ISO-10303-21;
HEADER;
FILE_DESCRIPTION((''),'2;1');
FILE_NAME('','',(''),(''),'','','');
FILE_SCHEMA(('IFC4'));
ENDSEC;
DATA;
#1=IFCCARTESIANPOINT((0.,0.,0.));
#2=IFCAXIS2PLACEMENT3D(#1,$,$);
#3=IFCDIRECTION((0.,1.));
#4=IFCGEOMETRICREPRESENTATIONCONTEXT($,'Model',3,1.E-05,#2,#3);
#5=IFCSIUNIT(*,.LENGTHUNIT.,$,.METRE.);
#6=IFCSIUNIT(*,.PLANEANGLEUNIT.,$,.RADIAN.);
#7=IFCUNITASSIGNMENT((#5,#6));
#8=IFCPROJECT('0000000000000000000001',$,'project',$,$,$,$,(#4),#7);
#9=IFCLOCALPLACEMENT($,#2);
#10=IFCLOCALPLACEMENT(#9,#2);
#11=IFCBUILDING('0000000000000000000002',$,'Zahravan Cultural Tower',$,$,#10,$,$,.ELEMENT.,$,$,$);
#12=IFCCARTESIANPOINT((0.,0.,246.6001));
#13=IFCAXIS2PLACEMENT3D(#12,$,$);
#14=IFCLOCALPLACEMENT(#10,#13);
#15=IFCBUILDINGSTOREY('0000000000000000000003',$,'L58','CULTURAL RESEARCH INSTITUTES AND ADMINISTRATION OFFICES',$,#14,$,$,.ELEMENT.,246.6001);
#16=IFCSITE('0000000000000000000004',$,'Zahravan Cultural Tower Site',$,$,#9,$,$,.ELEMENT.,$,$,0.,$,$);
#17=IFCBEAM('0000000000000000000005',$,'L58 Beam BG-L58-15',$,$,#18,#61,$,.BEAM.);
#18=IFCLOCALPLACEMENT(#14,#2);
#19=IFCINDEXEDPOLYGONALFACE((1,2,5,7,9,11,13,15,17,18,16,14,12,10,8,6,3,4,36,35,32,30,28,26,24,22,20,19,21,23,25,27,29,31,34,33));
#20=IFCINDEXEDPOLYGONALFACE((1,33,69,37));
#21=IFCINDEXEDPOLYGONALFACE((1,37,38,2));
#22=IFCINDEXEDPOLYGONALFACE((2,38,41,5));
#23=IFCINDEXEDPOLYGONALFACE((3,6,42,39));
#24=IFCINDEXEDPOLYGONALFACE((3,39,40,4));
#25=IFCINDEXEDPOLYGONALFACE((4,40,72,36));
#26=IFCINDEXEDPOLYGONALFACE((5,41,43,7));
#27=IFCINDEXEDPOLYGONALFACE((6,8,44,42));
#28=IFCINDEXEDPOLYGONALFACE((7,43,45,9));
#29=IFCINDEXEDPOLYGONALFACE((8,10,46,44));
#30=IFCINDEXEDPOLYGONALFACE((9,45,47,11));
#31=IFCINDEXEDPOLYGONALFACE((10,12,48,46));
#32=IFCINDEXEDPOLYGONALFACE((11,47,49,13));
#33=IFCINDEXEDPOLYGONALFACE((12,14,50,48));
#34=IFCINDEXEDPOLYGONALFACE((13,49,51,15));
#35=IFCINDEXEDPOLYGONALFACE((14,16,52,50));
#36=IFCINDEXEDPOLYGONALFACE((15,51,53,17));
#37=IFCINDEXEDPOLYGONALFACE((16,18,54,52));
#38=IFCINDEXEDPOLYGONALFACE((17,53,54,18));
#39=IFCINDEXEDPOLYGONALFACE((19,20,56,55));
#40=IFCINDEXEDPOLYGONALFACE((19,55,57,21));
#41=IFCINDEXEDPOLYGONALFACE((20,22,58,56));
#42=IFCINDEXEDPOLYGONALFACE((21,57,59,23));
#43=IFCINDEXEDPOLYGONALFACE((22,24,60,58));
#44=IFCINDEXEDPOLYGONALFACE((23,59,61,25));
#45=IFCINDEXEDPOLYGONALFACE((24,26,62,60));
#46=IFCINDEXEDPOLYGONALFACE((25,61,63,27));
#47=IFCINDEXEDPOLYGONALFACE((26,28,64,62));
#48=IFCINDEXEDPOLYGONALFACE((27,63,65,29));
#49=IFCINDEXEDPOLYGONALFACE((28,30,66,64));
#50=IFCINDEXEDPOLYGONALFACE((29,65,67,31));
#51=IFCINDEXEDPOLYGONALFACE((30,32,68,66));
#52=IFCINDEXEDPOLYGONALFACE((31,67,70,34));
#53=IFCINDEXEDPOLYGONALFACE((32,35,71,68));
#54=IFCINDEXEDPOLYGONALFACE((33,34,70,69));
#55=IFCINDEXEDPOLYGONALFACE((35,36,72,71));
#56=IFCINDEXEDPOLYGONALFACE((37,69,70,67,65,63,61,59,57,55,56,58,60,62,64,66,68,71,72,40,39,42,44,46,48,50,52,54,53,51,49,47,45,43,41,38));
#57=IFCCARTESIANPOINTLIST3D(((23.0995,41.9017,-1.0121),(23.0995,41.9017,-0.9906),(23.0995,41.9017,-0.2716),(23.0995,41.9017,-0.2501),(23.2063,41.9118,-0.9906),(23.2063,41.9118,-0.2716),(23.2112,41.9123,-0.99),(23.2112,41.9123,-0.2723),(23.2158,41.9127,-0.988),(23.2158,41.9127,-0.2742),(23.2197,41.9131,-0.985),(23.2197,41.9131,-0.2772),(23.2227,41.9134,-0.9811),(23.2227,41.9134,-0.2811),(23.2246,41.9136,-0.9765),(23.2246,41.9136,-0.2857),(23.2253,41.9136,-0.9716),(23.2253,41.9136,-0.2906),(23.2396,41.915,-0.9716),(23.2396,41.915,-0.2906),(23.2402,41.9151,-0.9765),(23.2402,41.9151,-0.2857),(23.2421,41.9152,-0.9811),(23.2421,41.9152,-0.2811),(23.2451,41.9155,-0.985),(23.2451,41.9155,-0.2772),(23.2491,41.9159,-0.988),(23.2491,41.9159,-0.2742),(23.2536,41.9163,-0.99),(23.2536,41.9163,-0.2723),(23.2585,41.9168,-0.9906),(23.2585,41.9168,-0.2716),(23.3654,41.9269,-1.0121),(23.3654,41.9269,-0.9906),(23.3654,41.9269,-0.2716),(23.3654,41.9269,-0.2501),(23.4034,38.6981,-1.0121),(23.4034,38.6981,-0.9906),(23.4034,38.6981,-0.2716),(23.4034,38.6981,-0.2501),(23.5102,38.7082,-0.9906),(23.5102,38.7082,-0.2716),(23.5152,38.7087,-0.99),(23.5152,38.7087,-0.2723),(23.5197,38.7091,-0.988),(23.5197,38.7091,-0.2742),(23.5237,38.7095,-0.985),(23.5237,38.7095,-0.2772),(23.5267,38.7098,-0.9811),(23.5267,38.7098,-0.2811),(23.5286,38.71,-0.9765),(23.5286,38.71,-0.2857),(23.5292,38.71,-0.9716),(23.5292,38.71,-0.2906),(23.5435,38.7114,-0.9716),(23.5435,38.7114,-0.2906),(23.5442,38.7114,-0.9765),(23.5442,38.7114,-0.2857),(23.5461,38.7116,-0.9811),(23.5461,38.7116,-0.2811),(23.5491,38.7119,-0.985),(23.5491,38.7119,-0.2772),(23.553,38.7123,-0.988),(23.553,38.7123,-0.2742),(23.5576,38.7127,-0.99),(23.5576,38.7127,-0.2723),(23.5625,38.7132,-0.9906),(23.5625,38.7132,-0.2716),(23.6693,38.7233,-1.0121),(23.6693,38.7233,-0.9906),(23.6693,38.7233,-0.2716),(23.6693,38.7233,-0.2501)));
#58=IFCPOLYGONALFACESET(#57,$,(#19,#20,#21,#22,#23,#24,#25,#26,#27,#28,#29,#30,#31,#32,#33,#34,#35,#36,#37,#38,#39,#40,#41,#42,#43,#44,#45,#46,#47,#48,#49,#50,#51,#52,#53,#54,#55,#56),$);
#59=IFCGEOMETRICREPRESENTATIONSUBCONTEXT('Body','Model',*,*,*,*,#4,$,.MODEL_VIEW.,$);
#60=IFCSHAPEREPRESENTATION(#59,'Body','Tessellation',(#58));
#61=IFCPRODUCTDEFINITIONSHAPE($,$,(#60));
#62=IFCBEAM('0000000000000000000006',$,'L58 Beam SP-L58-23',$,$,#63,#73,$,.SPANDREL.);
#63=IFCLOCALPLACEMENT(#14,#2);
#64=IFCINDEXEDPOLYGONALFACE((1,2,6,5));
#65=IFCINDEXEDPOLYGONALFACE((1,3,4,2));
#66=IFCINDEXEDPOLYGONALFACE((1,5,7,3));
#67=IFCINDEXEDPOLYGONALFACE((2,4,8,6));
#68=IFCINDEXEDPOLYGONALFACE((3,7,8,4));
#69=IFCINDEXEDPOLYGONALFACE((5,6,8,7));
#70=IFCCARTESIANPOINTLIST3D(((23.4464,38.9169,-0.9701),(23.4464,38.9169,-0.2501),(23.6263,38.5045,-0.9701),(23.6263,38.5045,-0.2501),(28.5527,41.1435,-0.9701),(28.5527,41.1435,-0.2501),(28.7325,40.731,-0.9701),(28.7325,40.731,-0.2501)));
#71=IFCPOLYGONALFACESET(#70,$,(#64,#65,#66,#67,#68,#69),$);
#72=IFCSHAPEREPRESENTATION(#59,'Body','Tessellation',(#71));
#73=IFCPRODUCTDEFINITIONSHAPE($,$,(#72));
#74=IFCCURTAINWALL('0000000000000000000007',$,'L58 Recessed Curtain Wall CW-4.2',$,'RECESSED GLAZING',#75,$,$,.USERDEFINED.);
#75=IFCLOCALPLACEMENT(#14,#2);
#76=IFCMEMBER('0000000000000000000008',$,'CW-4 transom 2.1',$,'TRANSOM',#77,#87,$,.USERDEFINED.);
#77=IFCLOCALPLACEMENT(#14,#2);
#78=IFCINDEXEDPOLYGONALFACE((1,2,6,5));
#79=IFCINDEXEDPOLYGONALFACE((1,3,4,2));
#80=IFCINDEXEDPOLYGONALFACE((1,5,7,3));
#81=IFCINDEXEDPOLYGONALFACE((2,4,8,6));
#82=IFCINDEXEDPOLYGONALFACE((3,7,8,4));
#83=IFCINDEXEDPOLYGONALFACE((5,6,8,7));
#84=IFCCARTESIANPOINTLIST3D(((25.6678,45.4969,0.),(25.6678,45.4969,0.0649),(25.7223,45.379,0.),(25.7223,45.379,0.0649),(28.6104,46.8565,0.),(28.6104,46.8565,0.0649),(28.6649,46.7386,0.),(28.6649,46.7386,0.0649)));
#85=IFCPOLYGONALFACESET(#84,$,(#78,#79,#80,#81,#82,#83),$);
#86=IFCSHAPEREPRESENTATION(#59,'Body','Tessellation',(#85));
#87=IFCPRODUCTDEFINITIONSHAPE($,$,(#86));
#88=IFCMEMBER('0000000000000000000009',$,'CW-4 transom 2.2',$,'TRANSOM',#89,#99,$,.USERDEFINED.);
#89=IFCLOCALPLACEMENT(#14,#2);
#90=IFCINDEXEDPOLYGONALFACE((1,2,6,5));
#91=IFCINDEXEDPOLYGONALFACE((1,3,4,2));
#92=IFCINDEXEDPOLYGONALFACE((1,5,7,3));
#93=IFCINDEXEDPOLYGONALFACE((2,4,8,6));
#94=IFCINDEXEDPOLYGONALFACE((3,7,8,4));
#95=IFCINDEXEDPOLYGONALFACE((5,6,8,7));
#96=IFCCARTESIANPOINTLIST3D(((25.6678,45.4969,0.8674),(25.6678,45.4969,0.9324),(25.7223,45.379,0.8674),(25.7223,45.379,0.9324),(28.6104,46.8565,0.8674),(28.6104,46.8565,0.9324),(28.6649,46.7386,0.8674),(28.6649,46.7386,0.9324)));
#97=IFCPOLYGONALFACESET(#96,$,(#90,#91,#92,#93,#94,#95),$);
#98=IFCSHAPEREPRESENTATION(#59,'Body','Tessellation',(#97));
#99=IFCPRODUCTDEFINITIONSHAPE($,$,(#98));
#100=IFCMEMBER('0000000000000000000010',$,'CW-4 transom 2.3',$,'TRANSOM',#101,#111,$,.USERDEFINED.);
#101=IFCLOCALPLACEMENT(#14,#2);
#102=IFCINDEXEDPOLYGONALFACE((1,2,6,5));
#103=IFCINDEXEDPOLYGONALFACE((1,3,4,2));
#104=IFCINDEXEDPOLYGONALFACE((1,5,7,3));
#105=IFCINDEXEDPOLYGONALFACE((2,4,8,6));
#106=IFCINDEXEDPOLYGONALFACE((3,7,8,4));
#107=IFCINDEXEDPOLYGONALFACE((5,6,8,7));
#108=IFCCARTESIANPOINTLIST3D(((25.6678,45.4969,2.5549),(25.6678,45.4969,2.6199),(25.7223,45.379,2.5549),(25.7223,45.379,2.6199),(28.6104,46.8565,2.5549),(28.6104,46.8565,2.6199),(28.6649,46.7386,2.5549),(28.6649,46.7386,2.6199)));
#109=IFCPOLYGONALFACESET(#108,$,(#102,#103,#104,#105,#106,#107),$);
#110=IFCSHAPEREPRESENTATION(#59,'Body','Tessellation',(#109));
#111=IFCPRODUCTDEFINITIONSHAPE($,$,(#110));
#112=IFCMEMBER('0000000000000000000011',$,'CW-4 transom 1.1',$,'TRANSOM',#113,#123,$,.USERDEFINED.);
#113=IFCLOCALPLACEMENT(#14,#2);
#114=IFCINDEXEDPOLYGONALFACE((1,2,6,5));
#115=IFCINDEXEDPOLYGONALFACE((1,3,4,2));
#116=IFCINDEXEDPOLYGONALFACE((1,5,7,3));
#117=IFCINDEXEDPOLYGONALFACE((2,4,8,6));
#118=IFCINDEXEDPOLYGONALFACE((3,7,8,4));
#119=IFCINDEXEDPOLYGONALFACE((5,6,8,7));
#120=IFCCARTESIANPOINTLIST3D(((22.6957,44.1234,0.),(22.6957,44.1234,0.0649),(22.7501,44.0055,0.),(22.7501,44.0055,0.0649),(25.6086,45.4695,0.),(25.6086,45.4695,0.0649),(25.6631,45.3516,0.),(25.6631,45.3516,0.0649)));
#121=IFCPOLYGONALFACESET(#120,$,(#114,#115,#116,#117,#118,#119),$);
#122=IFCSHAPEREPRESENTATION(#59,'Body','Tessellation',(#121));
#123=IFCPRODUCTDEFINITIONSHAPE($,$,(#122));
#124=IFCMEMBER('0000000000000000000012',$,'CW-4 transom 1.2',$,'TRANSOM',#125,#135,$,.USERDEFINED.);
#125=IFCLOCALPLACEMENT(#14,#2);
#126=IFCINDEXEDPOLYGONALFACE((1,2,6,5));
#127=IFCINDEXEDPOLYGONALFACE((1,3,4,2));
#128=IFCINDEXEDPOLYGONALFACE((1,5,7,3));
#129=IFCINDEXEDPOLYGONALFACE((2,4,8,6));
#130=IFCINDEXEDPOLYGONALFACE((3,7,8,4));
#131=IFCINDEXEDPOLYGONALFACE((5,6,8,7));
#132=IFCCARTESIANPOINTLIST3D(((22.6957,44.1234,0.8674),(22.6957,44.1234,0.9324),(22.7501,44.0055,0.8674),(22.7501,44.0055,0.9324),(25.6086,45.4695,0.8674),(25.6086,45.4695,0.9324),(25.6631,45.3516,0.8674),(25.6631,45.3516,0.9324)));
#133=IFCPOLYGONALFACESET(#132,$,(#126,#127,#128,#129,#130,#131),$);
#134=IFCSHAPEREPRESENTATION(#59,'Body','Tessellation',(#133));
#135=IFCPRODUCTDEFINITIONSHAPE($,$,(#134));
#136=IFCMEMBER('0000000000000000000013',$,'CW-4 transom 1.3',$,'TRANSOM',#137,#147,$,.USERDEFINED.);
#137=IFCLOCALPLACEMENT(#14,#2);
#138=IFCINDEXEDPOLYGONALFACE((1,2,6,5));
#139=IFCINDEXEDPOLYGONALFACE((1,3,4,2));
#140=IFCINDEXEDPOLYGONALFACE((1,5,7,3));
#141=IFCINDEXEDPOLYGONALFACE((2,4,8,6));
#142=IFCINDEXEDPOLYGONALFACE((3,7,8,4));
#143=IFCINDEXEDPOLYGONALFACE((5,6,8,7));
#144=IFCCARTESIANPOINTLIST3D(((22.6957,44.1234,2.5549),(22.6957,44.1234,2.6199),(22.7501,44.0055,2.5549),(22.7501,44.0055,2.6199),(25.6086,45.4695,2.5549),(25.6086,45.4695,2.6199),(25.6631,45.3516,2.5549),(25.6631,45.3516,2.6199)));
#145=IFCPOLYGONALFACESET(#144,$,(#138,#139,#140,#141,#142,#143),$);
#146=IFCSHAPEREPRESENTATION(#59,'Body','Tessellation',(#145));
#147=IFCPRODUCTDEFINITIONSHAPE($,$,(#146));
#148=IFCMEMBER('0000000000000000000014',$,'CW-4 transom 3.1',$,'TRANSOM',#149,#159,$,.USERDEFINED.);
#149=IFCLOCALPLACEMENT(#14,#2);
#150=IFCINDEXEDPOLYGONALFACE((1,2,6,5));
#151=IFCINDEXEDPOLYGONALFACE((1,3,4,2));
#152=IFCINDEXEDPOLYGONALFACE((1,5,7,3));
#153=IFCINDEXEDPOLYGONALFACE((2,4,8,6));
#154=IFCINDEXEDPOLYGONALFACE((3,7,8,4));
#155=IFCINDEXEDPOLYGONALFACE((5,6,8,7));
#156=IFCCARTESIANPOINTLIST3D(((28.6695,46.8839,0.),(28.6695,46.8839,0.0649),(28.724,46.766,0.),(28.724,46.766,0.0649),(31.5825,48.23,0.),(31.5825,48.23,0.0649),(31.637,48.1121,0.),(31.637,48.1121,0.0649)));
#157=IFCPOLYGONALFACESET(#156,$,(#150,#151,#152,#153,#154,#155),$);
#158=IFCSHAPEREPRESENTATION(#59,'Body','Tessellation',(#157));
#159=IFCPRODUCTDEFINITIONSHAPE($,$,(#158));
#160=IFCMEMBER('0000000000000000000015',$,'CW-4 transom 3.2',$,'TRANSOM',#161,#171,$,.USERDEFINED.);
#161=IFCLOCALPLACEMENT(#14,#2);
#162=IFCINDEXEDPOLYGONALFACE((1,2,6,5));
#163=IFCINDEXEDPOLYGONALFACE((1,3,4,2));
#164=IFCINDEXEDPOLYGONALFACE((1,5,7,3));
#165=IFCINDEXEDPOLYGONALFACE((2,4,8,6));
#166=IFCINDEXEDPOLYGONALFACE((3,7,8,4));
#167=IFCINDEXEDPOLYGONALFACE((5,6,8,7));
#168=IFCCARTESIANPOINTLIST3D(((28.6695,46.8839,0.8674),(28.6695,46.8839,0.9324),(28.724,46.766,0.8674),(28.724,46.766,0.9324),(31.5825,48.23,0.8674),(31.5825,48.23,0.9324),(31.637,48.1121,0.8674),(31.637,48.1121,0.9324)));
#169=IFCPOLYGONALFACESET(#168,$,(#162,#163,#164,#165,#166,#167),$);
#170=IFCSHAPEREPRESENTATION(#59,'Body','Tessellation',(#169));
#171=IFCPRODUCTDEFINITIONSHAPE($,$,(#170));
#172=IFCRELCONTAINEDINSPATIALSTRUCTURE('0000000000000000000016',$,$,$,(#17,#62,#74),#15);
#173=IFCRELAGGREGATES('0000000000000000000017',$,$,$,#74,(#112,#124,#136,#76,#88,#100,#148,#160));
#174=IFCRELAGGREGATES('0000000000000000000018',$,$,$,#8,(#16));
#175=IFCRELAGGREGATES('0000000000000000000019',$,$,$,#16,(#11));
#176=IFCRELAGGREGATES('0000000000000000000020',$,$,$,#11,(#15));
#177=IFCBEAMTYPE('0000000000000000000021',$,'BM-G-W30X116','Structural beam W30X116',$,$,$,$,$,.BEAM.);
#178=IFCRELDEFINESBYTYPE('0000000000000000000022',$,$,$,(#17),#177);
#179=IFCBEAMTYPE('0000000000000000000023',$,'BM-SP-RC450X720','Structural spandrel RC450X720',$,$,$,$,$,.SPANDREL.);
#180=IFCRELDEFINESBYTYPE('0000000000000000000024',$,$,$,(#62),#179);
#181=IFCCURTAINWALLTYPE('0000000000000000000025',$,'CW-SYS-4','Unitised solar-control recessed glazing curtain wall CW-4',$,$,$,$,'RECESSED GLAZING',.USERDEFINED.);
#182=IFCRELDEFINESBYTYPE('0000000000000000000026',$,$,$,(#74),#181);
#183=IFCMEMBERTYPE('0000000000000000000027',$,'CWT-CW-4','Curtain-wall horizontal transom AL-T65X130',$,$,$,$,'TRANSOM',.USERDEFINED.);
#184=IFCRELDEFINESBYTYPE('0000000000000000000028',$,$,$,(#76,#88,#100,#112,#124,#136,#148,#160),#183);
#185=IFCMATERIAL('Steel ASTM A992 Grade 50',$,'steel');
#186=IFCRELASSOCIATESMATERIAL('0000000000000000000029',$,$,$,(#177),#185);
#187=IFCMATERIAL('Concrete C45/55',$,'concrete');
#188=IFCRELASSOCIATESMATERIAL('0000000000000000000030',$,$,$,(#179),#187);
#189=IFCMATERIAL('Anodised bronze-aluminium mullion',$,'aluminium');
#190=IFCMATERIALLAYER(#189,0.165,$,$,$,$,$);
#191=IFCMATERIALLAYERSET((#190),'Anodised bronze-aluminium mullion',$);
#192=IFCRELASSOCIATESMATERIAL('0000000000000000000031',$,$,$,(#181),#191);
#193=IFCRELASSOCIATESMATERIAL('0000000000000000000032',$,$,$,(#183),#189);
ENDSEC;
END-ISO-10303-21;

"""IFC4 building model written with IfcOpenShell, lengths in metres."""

from ifc_helpers import new_model, si_unit, direction, frame, origin, origin_2d, place, context, subcontext, project, spatial, rectangle, i_section, extrude, source, transform, mapped, material, layer, layer_set, material_profile, profile_set, type_object, element, aggregate, save


model = new_model("IFC4")

# Units and contexts
model_context = context("Model", 3, precision=1e-05, world=origin(), true_north=direction((0.0, 1.0)))
body_context = subcontext(model_context, "Body", "Model", "MODEL_VIEW")
ifc_project = project(units=[si_unit("LENGTHUNIT", "METRE"), si_unit("PLANEANGLEUNIT", "RADIAN")], contexts=[model_context])

# Site, building, storey
site_placement = place(None, origin())
site = spatial("IfcSite", under=ifc_project, at=site_placement, Name="Zahravan Cultural Tower Site", CompositionType="ELEMENT", RefElevation=0.0)
building_placement = place(site_placement, origin())
building = spatial("IfcBuilding", under=site, at=building_placement, Name="Zahravan Cultural Tower", CompositionType="ELEMENT")
storey_placement = place(building_placement, frame((0.0, 0.0, 246.6001)))
storey = spatial("IfcBuildingStorey", under=building, at=storey_placement, Name="L58", Description="CULTURAL RESEARCH INSTITUTES AND ADMINISTRATION OFFICES", CompositionType="ELEMENT", Elevation=246.6001)

# Shared definitions
ifc_material_1 = material(Name="Steel ASTM A992 Grade 50", Category="steel")

# Beams
ifc_material_profile_1 = material_profile(ifc_material_1, i_section(OverallWidth=0.2671, OverallDepth=0.762, WebThickness=0.0144, FlangeThickness=0.0215, FilletRadius=0.019, at=origin_2d()), Name="W30X116")
ifc_profile_set_1 = profile_set([ifc_material_profile_1], Name="Steel ASTM A992 Grade 50")
beam_type_1 = type_object("IfcBeamType", Name="BM-G-W30X116", Description="Structural beam W30X116", PredefinedType="BEAM", material=ifc_profile_set_1)
shared_shape_1 = source(origin(), body_context, "Body", "SweptSolid", [
    extrude(i_section(OverallWidth=0.2671, OverallDepth=0.762, WebThickness=0.0144, FlangeThickness=0.0215, FilletRadius=0.019, at=origin_2d()), origin(), (0.0, 0.0, 1.0), 3.218),
])
beam_1_placement = place(storey_placement, frame((23.5364, 38.7107, -0.6311), z_axis=(-0.094455, 0.995529, 0.0), x_axis=(-0.995529, -0.094455, 0.0)))
element("IfcBeam", 1, at=beam_1_placement, inside=storey, type_object=beam_type_1, Name="L58 Beam BG-L58-15", PredefinedType="BEAM", context=body_context, shape_type="MappedRepresentation", body=[
    mapped(shared_shape_1, transform((0.0, 0.0, 0.0), x_axis=(1.0, 0.0, 0.0), y_axis=(0.0, 1.0, 0.0), z_axis=(0.0, 0.0, 1.0), scale=1.0)),
])
ifc_material_2 = material(Name="Concrete C45/55", Category="concrete")
ifc_material_profile_2 = material_profile(ifc_material_2, rectangle(XDim=0.45, YDim=0.72, at=origin_2d()), Name="RC450X720")
ifc_profile_set_2 = profile_set([ifc_material_profile_2], Name="Concrete C45/55")
beam_type_2 = type_object("IfcBeamType", Name="BM-SP-RC450X720", Description="Structural spandrel RC450X720", PredefinedType="SPANDREL", material=ifc_profile_set_2)
shared_shape_2 = source(origin(), body_context, "Body", "SweptSolid", [
    extrude(rectangle(XDim=0.45, YDim=0.72, at=origin_2d()), origin(), (0.0, 0.0, 1.0), 5.5706),
])
beam_2_placement = place(storey_placement, frame((28.6426, 40.9373, -0.6101), z_axis=(-0.916645, -0.399703, 0.0), x_axis=(0.399703, -0.916645, 0.0)))
element("IfcBeam", 2, at=beam_2_placement, inside=storey, type_object=beam_type_2, Name="L58 Beam SP-L58-23", PredefinedType="SPANDREL", context=body_context, shape_type="MappedRepresentation", body=[
    mapped(shared_shape_2, transform((0.0, 0.0, 0.0), x_axis=(1.0, 0.0, 0.0), y_axis=(0.0, 1.0, 0.0), z_axis=(0.0, 0.0, 1.0), scale=1.0)),
])

# Curtain wall, members
ifc_material_3 = material(Name="Anodised bronze-aluminium mullion", Category="aluminium")
ifc_layer_1 = layer(ifc_material_3, 0.165)
ifc_layer_set_1 = layer_set([ifc_layer_1], Name="Anodised bronze-aluminium mullion")
curtain_wall_type = type_object("IfcCurtainWallType", Name="CW-SYS-4", Description="Unitised solar-control recessed glazing curtain wall CW-4", ElementType="RECESSED GLAZING", PredefinedType="USERDEFINED", material=ifc_layer_set_1)
curtain_wall_placement = place(storey_placement, origin())
curtain_wall = element("IfcCurtainWall", 3, at=curtain_wall_placement, inside=storey, type_object=curtain_wall_type, Name="L58 Recessed Curtain Wall CW-4.2", ObjectType="RECESSED GLAZING", PredefinedType="USERDEFINED")
ifc_material_profile_3 = material_profile(ifc_material_3, rectangle(XDim=0.1299, YDim=0.0649, at=origin_2d()), Name="AL-T65X130")
ifc_profile_set_3 = profile_set([ifc_material_profile_3], Name="Anodised bronze-aluminium mullion")
member_type_1 = type_object("IfcMemberType", Name="CWT-CW-4", Description="Curtain-wall horizontal transom AL-T65X130", ElementType="TRANSOM", PredefinedType="USERDEFINED", material=ifc_profile_set_3)
shared_shape_3 = source(origin(), body_context, "Body", "SweptSolid", [
    extrude(rectangle(XDim=0.1299, YDim=0.0649, at=origin_2d()), origin(), (0.0, 0.0, 1.0), 3.2415),
])
member_1_placement = place(storey_placement, frame((25.6951, 45.438, 0.0325), z_axis=(0.907785, 0.419435, 0.0), x_axis=(-0.419435, 0.907785, 0.0)))
member_1 = element("IfcMember", 4, at=member_1_placement, type_object=member_type_1, Name="CW-4 transom 2.1", ObjectType="TRANSOM", PredefinedType="USERDEFINED", context=body_context, shape_type="MappedRepresentation", body=[
    mapped(shared_shape_3, transform((0.0, 0.0, 0.0), x_axis=(1.0, 0.0, 0.0), y_axis=(0.0, 1.0, 0.0), z_axis=(0.0, 0.0, 1.0), scale=1.0)),
])
member_2_placement = place(storey_placement, frame((25.6951, 45.438, 0.8999), z_axis=(0.907785, 0.419435, 0.0), x_axis=(-0.419435, 0.907785, 0.0)))
member_2 = element("IfcMember", 5, at=member_2_placement, type_object=member_type_1, Name="CW-4 transom 2.2", ObjectType="TRANSOM", PredefinedType="USERDEFINED", context=body_context, shape_type="MappedRepresentation", body=[
    mapped(shared_shape_3, transform((0.0, 0.0, 0.0), x_axis=(1.0, 0.0, 0.0), y_axis=(0.0, 1.0, 0.0), z_axis=(0.0, 0.0, 1.0), scale=1.0)),
])
member_3_placement = place(storey_placement, frame((25.6951, 45.438, 2.5874), z_axis=(0.907785, 0.419435, 0.0), x_axis=(-0.419435, 0.907785, 0.0)))
member_3 = element("IfcMember", 6, at=member_3_placement, type_object=member_type_1, Name="CW-4 transom 2.3", ObjectType="TRANSOM", PredefinedType="USERDEFINED", context=body_context, shape_type="MappedRepresentation", body=[
    mapped(shared_shape_3, transform((0.0, 0.0, 0.0), x_axis=(1.0, 0.0, 0.0), y_axis=(0.0, 1.0, 0.0), z_axis=(0.0, 0.0, 1.0), scale=1.0)),
])
shared_shape_4 = source(origin(), body_context, "Body", "SweptSolid", [
    extrude(rectangle(XDim=0.1299, YDim=0.0649, at=origin_2d()), origin(), (0.0, 0.0, 1.0), 3.209),
])
member_4_placement = place(storey_placement, frame((22.7229, 44.0645, 0.0325), z_axis=(0.907759, 0.419492, 0.0), x_axis=(-0.419492, 0.907759, 0.0)))
member_4 = element("IfcMember", 7, at=member_4_placement, type_object=member_type_1, Name="CW-4 transom 1.1", ObjectType="TRANSOM", PredefinedType="USERDEFINED", context=body_context, shape_type="MappedRepresentation", body=[
    mapped(shared_shape_4, transform((0.0, 0.0, 0.0), x_axis=(1.0, 0.0, 0.0), y_axis=(0.0, 1.0, 0.0), z_axis=(0.0, 0.0, 1.0), scale=1.0)),
])
member_5_placement = place(storey_placement, frame((22.7229, 44.0645, 0.8999), z_axis=(0.907759, 0.419492, 0.0), x_axis=(-0.419492, 0.907759, 0.0)))
member_5 = element("IfcMember", 8, at=member_5_placement, type_object=member_type_1, Name="CW-4 transom 1.2", ObjectType="TRANSOM", PredefinedType="USERDEFINED", context=body_context, shape_type="MappedRepresentation", body=[
    mapped(shared_shape_4, transform((0.0, 0.0, 0.0), x_axis=(1.0, 0.0, 0.0), y_axis=(0.0, 1.0, 0.0), z_axis=(0.0, 0.0, 1.0), scale=1.0)),
])
member_6_placement = place(storey_placement, frame((22.7229, 44.0645, 2.5874), z_axis=(0.907759, 0.419492, 0.0), x_axis=(-0.419492, 0.907759, 0.0)))
member_6 = element("IfcMember", 9, at=member_6_placement, type_object=member_type_1, Name="CW-4 transom 1.3", ObjectType="TRANSOM", PredefinedType="USERDEFINED", context=body_context, shape_type="MappedRepresentation", body=[
    mapped(shared_shape_4, transform((0.0, 0.0, 0.0), x_axis=(1.0, 0.0, 0.0), y_axis=(0.0, 1.0, 0.0), z_axis=(0.0, 0.0, 1.0), scale=1.0)),
])
member_7_placement = place(storey_placement, frame((28.6968, 46.825, 0.0325), z_axis=(0.907759, 0.419492, 0.0), x_axis=(-0.419492, 0.907759, 0.0)))
member_7 = element("IfcMember", 10, at=member_7_placement, type_object=member_type_1, Name="CW-4 transom 3.1", ObjectType="TRANSOM", PredefinedType="USERDEFINED", context=body_context, shape_type="MappedRepresentation", body=[
    mapped(shared_shape_4, transform((0.0, 0.0, 0.0), x_axis=(1.0, 0.0, 0.0), y_axis=(0.0, 1.0, 0.0), z_axis=(0.0, 0.0, 1.0), scale=1.0)),
])
member_8_placement = place(storey_placement, frame((28.6968, 46.825, 0.8999), z_axis=(0.907759, 0.419492, 0.0), x_axis=(-0.419492, 0.907759, 0.0)))
member_8 = element("IfcMember", 11, at=member_8_placement, type_object=member_type_1, Name="CW-4 transom 3.2", ObjectType="TRANSOM", PredefinedType="USERDEFINED", context=body_context, shape_type="MappedRepresentation", body=[
    mapped(shared_shape_4, transform((0.0, 0.0, 0.0), x_axis=(1.0, 0.0, 0.0), y_axis=(0.0, 1.0, 0.0), z_axis=(0.0, 0.0, 1.0), scale=1.0)),
])
aggregate(curtain_wall, [member_4, member_5, member_6, member_1, member_2, member_3, member_7, member_8])

save(model, "model.ifc")
